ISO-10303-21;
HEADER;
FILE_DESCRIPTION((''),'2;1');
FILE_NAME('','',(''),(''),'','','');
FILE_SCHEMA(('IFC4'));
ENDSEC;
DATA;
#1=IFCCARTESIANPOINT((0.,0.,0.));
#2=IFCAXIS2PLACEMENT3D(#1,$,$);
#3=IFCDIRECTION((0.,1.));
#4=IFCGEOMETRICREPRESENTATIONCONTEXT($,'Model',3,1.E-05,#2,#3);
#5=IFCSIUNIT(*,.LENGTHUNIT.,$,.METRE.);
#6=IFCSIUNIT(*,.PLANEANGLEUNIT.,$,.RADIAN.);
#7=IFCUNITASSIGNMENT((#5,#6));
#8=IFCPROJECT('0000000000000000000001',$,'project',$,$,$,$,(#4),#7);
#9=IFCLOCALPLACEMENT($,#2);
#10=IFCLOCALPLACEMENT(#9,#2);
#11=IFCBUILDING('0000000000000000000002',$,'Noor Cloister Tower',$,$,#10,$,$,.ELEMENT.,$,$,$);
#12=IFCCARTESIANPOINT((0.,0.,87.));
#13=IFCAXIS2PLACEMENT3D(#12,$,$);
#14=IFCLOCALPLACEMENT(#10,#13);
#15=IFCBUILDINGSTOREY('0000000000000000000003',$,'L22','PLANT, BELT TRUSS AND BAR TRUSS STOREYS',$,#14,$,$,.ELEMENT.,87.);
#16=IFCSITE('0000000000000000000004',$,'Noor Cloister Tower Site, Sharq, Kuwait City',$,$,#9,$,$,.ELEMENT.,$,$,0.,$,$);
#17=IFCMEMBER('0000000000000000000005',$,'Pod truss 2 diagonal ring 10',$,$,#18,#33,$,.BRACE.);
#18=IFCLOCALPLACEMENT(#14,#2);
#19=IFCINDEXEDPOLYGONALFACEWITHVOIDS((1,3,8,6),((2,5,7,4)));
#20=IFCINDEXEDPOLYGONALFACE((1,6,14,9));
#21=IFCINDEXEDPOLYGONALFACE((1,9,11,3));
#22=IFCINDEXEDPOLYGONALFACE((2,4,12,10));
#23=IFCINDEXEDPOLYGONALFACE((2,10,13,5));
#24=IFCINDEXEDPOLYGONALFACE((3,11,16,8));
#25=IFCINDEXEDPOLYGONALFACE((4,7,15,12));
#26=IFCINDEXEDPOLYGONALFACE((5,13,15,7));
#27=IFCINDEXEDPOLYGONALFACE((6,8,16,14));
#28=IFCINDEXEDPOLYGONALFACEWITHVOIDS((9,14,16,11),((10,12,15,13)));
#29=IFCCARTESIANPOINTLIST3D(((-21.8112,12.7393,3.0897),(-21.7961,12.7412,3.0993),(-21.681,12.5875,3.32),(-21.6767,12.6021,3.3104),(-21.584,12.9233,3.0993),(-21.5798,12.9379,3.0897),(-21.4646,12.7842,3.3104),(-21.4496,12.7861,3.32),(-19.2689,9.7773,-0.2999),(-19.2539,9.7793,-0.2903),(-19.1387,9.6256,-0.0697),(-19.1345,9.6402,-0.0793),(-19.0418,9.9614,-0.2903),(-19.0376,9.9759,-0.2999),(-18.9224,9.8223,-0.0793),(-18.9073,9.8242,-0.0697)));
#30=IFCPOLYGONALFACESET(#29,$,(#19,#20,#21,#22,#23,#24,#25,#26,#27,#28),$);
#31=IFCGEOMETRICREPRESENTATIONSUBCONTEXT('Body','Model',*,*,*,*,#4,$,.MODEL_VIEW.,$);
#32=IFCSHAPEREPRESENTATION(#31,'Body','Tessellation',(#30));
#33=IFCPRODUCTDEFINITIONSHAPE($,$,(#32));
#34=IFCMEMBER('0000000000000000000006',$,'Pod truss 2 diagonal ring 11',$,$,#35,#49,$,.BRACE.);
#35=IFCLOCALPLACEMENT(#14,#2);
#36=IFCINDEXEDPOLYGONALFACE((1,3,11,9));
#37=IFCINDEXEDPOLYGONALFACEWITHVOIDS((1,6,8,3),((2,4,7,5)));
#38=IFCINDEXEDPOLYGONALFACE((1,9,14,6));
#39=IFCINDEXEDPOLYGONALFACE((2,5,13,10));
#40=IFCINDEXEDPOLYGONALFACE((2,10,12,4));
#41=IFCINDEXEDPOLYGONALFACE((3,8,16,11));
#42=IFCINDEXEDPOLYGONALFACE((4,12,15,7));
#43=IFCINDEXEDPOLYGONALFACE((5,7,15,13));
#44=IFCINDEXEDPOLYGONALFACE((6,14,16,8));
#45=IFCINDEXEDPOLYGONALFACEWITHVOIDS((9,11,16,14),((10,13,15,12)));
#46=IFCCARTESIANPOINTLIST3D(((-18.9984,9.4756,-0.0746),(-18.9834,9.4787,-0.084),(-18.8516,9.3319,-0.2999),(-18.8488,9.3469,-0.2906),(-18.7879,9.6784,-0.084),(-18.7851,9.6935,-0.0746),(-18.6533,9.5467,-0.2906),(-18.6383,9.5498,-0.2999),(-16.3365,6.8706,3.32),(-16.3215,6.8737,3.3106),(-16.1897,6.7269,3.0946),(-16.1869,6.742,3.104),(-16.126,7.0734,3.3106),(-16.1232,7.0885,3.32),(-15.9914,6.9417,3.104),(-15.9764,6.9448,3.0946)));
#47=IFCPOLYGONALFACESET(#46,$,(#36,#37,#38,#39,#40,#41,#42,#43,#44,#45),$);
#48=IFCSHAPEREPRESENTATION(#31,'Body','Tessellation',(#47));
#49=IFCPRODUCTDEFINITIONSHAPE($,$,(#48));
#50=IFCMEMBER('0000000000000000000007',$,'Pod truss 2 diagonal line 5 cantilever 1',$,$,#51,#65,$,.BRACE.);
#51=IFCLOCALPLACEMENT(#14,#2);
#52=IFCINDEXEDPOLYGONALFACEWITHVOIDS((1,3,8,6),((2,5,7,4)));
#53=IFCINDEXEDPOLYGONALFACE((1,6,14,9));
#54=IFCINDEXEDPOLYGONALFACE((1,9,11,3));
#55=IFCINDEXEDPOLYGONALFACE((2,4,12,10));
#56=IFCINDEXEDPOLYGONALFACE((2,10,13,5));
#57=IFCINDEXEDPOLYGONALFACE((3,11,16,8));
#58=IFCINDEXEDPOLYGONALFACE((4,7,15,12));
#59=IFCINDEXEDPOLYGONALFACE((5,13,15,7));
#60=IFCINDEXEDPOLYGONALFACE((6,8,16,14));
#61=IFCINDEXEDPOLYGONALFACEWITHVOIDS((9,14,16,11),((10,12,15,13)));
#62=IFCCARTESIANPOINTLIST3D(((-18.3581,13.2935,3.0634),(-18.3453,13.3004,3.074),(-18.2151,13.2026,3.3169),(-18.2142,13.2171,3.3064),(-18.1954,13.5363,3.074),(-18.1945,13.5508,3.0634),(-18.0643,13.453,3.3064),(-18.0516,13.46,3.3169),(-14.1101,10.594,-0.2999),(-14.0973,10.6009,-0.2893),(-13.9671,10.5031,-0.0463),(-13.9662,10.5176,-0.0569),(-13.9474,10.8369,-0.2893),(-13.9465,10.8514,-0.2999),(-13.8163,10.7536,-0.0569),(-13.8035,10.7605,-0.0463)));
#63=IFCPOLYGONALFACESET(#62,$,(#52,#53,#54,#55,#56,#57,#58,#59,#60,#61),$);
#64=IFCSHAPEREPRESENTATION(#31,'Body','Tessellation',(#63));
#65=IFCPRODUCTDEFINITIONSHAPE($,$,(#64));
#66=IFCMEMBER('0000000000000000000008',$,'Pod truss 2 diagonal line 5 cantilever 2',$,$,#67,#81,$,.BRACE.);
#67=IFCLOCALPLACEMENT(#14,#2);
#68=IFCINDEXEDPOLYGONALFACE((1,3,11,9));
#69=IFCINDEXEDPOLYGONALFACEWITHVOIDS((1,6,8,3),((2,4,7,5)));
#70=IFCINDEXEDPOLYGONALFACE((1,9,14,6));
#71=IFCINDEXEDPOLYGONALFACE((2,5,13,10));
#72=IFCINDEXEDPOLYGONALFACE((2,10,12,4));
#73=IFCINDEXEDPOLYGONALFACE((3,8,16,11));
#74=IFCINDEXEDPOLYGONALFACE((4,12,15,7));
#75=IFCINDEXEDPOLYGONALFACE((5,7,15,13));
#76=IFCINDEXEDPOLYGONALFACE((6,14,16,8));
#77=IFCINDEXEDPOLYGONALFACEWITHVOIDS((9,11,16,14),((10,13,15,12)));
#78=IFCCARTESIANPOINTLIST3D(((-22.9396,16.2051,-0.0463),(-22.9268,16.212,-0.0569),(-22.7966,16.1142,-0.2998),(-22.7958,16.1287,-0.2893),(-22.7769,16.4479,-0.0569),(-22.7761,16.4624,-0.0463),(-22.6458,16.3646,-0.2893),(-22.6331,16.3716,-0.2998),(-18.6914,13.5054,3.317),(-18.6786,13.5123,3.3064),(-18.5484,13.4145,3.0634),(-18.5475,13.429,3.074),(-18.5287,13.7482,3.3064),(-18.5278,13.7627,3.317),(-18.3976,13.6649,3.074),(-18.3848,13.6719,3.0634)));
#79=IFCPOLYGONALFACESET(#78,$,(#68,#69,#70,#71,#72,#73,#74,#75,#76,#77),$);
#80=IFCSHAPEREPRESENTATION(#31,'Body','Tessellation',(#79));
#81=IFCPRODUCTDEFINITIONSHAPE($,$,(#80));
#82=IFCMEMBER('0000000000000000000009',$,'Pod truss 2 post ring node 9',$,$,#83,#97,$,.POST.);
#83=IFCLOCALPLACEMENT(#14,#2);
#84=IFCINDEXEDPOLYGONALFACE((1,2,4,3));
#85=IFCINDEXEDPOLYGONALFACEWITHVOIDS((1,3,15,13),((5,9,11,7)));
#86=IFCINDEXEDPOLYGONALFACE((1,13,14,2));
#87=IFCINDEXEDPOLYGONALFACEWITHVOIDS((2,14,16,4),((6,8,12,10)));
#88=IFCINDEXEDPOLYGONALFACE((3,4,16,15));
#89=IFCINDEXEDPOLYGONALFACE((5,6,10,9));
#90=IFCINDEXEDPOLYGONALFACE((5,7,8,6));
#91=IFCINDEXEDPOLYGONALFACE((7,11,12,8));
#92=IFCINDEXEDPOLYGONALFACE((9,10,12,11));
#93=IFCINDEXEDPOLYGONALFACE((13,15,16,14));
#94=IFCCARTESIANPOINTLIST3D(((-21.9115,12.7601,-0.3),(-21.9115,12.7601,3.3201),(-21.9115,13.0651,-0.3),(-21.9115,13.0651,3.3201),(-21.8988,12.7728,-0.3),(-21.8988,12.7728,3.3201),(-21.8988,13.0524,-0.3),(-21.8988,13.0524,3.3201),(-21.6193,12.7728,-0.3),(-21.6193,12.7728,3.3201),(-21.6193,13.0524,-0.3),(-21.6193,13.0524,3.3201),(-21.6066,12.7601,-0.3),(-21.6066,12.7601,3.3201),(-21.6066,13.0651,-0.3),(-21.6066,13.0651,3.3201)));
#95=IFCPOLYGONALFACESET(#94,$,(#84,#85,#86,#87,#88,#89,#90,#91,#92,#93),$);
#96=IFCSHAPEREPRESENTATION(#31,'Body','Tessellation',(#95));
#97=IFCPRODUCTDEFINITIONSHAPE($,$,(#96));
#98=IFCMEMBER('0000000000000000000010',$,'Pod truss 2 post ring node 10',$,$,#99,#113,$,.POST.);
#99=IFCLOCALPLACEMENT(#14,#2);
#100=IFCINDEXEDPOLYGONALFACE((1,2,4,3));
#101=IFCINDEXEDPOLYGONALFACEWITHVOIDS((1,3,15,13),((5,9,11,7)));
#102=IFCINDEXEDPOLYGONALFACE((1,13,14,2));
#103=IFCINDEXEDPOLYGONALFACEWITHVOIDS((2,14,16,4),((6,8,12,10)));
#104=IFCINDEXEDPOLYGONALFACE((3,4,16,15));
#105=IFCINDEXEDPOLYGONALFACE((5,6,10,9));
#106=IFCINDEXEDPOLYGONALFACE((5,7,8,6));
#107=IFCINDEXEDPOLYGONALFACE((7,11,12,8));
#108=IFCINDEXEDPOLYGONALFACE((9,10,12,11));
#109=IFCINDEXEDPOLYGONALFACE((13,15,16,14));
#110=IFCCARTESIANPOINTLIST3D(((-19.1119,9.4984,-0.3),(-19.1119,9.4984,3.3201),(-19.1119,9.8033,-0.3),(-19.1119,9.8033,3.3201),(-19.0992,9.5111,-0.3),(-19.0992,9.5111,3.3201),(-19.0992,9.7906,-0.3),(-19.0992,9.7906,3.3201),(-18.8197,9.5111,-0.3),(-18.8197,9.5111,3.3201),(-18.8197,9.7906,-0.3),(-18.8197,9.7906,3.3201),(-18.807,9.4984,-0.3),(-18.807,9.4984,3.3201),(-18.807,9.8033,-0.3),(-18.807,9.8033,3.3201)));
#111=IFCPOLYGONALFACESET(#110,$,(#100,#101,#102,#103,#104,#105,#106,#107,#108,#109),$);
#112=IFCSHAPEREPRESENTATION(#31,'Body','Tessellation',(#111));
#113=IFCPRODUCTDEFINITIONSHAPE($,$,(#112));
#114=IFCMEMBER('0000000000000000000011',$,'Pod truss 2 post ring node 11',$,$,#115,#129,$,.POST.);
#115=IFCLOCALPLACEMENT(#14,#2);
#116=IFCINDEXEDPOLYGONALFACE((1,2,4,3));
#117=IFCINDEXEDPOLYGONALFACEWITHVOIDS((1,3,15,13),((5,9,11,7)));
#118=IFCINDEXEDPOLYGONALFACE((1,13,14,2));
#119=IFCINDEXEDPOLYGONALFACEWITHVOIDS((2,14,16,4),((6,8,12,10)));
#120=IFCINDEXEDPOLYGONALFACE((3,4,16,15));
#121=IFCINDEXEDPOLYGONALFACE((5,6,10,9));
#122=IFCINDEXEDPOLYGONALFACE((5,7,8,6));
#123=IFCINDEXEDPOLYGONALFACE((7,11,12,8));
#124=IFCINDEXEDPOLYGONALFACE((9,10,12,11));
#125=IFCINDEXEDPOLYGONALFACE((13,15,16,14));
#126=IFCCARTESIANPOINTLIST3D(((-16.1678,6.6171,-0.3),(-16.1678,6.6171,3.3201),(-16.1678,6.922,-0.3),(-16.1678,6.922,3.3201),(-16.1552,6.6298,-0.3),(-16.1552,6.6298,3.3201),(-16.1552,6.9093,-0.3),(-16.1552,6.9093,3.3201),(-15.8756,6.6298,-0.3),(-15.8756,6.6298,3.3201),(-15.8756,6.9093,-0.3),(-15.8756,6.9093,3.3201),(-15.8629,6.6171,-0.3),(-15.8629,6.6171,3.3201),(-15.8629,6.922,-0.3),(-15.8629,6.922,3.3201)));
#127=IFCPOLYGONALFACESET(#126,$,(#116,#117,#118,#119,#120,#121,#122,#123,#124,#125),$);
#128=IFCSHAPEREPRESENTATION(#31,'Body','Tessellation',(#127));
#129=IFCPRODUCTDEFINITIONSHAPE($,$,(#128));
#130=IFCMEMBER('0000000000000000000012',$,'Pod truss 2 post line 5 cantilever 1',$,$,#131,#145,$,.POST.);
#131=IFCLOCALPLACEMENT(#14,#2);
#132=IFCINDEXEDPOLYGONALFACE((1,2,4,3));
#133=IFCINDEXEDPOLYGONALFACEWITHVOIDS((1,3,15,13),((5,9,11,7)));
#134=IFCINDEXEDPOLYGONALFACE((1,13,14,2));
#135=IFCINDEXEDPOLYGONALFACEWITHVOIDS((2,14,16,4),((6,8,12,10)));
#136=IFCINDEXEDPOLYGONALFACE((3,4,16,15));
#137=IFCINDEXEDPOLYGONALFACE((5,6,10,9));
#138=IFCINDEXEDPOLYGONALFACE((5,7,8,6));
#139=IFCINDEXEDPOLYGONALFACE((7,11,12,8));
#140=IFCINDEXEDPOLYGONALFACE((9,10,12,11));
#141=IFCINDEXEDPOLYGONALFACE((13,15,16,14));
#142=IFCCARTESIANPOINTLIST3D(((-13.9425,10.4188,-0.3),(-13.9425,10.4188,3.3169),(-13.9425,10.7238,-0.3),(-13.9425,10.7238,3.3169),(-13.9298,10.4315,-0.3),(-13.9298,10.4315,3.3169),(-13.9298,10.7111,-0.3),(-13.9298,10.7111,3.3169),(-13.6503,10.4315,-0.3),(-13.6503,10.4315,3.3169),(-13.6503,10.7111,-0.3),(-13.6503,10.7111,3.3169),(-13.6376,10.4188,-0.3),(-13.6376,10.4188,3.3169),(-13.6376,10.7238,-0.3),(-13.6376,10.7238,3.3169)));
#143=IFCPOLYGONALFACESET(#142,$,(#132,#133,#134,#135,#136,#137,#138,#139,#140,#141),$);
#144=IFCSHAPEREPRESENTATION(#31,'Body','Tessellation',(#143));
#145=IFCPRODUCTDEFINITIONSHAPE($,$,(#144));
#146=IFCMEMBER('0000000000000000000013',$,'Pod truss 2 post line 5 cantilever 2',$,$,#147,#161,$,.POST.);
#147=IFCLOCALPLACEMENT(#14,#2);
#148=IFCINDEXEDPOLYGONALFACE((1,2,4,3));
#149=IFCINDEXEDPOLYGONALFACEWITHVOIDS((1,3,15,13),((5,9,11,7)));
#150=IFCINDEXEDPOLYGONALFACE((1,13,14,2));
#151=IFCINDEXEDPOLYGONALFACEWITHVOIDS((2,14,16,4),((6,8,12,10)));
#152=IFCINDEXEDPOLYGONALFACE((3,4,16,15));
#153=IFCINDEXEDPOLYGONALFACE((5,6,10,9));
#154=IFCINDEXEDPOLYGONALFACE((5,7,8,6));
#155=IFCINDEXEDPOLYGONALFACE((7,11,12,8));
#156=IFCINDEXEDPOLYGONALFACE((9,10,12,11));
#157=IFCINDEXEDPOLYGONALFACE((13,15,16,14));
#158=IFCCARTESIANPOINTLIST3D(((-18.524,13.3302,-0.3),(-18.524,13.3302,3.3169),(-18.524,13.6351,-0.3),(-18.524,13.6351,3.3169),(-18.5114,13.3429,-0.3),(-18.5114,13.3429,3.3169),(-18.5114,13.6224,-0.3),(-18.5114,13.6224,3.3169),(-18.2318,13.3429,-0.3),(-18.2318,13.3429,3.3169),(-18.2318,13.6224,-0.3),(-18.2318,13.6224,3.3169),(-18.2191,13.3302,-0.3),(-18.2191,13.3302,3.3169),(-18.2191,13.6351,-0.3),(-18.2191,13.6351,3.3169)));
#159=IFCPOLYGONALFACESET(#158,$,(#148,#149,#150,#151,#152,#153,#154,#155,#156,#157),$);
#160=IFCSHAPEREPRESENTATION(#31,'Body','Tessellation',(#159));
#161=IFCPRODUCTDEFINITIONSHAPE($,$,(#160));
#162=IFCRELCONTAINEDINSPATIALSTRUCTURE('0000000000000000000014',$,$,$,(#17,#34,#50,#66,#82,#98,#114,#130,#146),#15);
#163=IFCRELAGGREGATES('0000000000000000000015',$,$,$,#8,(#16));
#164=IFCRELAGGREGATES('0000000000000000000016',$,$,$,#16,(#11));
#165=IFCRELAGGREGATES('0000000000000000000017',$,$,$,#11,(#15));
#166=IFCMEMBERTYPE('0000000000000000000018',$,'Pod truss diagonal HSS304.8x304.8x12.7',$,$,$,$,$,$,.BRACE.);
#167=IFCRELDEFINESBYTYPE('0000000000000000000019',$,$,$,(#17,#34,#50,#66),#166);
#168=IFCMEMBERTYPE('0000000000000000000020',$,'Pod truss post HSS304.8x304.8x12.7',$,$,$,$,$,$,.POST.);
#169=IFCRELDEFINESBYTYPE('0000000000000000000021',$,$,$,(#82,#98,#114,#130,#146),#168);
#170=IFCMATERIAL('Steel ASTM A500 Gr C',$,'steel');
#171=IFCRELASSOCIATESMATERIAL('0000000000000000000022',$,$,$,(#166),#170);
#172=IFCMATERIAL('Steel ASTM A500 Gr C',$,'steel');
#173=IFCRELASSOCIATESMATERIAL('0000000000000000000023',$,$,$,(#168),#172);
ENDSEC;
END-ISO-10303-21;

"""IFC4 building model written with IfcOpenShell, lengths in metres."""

from ifc_helpers import new_model, si_unit, direction, frame, origin, origin_2d, place, context, subcontext, project, spatial, hollow_rectangle, extrude, material, material_profile, profile_set, type_object, element, save


model = new_model("IFC4")

# Units and contexts
model_context = context("Model", 3, precision=1e-05, world=origin(), true_north=direction((0.0, 1.0)))
body_context = subcontext(model_context, "Body", "Model", "MODEL_VIEW")
ifc_project = project(units=[si_unit("LENGTHUNIT", "METRE"), si_unit("PLANEANGLEUNIT", "RADIAN")], contexts=[model_context])

# Site, building, storey
site_placement = place(None, origin())
site = spatial("IfcSite", under=ifc_project, at=site_placement, Name="Noor Cloister Tower Site, Sharq, Kuwait City", CompositionType="ELEMENT", RefElevation=0.0)
building_placement = place(site_placement, origin())
building = spatial("IfcBuilding", under=site, at=building_placement, Name="Noor Cloister Tower", CompositionType="ELEMENT")
storey_placement = place(building_placement, frame((0.0, 0.0, 87.0)))
storey = spatial("IfcBuildingStorey", under=building, at=storey_placement, Name="L22", Description="PLANT, BELT TRUSS AND BAR TRUSS STOREYS", CompositionType="ELEMENT", Elevation=87.0)

# Members
ifc_material_1 = material(Name="Steel ASTM A500 Gr C", Category="steel")
ifc_material_profile_1 = material_profile(ifc_material_1, hollow_rectangle(XDim=0.3049, YDim=0.3049, WallThickness=0.0127, at=origin_2d()), Name="HSS304.8x304.8x12.7")
ifc_profile_set_1 = profile_set([ifc_material_profile_1], Name="Steel ASTM A500 Gr C")
member_type_1 = type_object("IfcMemberType", Name="Pod truss diagonal HSS304.8x304.8x12.7", PredefinedType="BRACE", material=ifc_profile_set_1)
member_1_placement = place(storey_placement, frame((-21.6304, 12.7627, 3.2048), z_axis=(0.491759, -0.572939, -0.655678), x_axis=(0.758819, 0.651301, 0.0)))
element("IfcMember", 1, at=member_1_placement, inside=storey, type_object=member_type_1, Name="Pod truss 2 diagonal ring 10", PredefinedType="BRACE", context=body_context, shape_type="SweptSolid", body=[
    extrude(hollow_rectangle(XDim=0.3049, YDim=0.3049, WallThickness=0.0127, at=origin_2d()), origin(), (0.0, 0.0, 1.0), 5.1697),
])
member_2_placement = place(storey_placement, frame((-18.8184, 9.5127, -0.1873), z_axis=(0.528224, -0.516936, 0.673615), x_axis=(0.699429, 0.714702, 0.0)))
element("IfcMember", 2, at=member_2_placement, inside=storey, type_object=member_type_1, Name="Pod truss 2 diagonal ring 11", PredefinedType="BRACE", context=body_context, shape_type="SweptSolid", body=[
    extrude(hollow_rectangle(XDim=0.3049, YDim=0.3049, WallThickness=0.0127, at=origin_2d()), origin(), (0.0, 0.0, 1.0), 5.0393),
])
member_3_placement = place(storey_placement, frame((-13.9568, 10.6772, -0.1731), z_axis=(-0.701752, 0.445935, 0.555594), x_axis=(-0.536332, -0.844007, 0.0)))
element("IfcMember", 3, at=member_3_placement, inside=storey, type_object=member_type_1, Name="Pod truss 2 diagonal line 5 cantilever 1", PredefinedType="BRACE", context=body_context, shape_type="SweptSolid", body=[
    extrude(hollow_rectangle(XDim=0.3049, YDim=0.3049, WallThickness=0.0127, at=origin_2d()), origin(), (0.0, 0.0, 1.0), 6.0535),
])
member_4_placement = place(storey_placement, frame((-18.5381, 13.5886, 3.1902), z_axis=(-0.70176, 0.445955, -0.555569), x_axis=(-0.536345, -0.843999, 0.0)))
element("IfcMember", 4, at=member_4_placement, inside=storey, type_object=member_type_1, Name="Pod truss 2 diagonal line 5 cantilever 2", PredefinedType="BRACE", context=body_context, shape_type="SweptSolid", body=[
    extrude(hollow_rectangle(XDim=0.3049, YDim=0.3049, WallThickness=0.0127, at=origin_2d()), origin(), (0.0, 0.0, 1.0), 6.0537),
])
ifc_material_2 = material(Name="Steel ASTM A500 Gr C", Category="steel")
ifc_material_profile_2 = material_profile(ifc_material_2, hollow_rectangle(XDim=0.3049, YDim=0.3049, WallThickness=0.0127, at=origin_2d()), Name="HSS304.8x304.8x12.7")
ifc_profile_set_2 = profile_set([ifc_material_profile_2], Name="Steel ASTM A500 Gr C")
member_type_2 = type_object("IfcMemberType", Name="Pod truss post HSS304.8x304.8x12.7", PredefinedType="POST", material=ifc_profile_set_2)
for number, where, z_axis, x_axis, name in (
    (5, (-21.759, 12.9126, -0.3), (0.0, 0.0, 1.0), (1.0, 0.0, 0.0), "Pod truss 2 post ring node 9"),
    (6, (-18.9595, 9.6509, -0.3), (0.0, 0.0, 1.0), (1.0, 0.0, 0.0), "Pod truss 2 post ring node 10"),
    (7, (-16.0154, 6.7695, -0.3), (0.0, 0.0, 1.0), (1.0, 0.0, 0.0), "Pod truss 2 post ring node 11"),
):
    element("IfcMember", number, at=place(storey_placement, frame(where, z_axis=z_axis, x_axis=x_axis)), inside=storey, type_object=member_type_2, Name=name, PredefinedType="POST", context=body_context, shape_type="SweptSolid", body=[
        extrude(hollow_rectangle(XDim=0.3049, YDim=0.3049, WallThickness=0.0127, at=origin_2d()), origin(), (0.0, 0.0, 1.0), 3.6201),
    ])
for number, where, z_axis, x_axis, name in (
    (8, (-13.79, 10.5713, -0.3), (0.0, 0.0, 1.0), (1.0, 0.0, 0.0), "Pod truss 2 post line 5 cantilever 1"),
    (9, (-18.3716, 13.4827, -0.3), (0.0, 0.0, 1.0), (1.0, 0.0, 0.0), "Pod truss 2 post line 5 cantilever 2"),
):
    element("IfcMember", number, at=place(storey_placement, frame(where, z_axis=z_axis, x_axis=x_axis)), inside=storey, type_object=member_type_2, Name=name, PredefinedType="POST", context=body_context, shape_type="SweptSolid", body=[
        extrude(hollow_rectangle(XDim=0.3049, YDim=0.3049, WallThickness=0.0127, at=origin_2d()), origin(), (0.0, 0.0, 1.0), 3.6169),
    ])

save(model, "model.ifc")
